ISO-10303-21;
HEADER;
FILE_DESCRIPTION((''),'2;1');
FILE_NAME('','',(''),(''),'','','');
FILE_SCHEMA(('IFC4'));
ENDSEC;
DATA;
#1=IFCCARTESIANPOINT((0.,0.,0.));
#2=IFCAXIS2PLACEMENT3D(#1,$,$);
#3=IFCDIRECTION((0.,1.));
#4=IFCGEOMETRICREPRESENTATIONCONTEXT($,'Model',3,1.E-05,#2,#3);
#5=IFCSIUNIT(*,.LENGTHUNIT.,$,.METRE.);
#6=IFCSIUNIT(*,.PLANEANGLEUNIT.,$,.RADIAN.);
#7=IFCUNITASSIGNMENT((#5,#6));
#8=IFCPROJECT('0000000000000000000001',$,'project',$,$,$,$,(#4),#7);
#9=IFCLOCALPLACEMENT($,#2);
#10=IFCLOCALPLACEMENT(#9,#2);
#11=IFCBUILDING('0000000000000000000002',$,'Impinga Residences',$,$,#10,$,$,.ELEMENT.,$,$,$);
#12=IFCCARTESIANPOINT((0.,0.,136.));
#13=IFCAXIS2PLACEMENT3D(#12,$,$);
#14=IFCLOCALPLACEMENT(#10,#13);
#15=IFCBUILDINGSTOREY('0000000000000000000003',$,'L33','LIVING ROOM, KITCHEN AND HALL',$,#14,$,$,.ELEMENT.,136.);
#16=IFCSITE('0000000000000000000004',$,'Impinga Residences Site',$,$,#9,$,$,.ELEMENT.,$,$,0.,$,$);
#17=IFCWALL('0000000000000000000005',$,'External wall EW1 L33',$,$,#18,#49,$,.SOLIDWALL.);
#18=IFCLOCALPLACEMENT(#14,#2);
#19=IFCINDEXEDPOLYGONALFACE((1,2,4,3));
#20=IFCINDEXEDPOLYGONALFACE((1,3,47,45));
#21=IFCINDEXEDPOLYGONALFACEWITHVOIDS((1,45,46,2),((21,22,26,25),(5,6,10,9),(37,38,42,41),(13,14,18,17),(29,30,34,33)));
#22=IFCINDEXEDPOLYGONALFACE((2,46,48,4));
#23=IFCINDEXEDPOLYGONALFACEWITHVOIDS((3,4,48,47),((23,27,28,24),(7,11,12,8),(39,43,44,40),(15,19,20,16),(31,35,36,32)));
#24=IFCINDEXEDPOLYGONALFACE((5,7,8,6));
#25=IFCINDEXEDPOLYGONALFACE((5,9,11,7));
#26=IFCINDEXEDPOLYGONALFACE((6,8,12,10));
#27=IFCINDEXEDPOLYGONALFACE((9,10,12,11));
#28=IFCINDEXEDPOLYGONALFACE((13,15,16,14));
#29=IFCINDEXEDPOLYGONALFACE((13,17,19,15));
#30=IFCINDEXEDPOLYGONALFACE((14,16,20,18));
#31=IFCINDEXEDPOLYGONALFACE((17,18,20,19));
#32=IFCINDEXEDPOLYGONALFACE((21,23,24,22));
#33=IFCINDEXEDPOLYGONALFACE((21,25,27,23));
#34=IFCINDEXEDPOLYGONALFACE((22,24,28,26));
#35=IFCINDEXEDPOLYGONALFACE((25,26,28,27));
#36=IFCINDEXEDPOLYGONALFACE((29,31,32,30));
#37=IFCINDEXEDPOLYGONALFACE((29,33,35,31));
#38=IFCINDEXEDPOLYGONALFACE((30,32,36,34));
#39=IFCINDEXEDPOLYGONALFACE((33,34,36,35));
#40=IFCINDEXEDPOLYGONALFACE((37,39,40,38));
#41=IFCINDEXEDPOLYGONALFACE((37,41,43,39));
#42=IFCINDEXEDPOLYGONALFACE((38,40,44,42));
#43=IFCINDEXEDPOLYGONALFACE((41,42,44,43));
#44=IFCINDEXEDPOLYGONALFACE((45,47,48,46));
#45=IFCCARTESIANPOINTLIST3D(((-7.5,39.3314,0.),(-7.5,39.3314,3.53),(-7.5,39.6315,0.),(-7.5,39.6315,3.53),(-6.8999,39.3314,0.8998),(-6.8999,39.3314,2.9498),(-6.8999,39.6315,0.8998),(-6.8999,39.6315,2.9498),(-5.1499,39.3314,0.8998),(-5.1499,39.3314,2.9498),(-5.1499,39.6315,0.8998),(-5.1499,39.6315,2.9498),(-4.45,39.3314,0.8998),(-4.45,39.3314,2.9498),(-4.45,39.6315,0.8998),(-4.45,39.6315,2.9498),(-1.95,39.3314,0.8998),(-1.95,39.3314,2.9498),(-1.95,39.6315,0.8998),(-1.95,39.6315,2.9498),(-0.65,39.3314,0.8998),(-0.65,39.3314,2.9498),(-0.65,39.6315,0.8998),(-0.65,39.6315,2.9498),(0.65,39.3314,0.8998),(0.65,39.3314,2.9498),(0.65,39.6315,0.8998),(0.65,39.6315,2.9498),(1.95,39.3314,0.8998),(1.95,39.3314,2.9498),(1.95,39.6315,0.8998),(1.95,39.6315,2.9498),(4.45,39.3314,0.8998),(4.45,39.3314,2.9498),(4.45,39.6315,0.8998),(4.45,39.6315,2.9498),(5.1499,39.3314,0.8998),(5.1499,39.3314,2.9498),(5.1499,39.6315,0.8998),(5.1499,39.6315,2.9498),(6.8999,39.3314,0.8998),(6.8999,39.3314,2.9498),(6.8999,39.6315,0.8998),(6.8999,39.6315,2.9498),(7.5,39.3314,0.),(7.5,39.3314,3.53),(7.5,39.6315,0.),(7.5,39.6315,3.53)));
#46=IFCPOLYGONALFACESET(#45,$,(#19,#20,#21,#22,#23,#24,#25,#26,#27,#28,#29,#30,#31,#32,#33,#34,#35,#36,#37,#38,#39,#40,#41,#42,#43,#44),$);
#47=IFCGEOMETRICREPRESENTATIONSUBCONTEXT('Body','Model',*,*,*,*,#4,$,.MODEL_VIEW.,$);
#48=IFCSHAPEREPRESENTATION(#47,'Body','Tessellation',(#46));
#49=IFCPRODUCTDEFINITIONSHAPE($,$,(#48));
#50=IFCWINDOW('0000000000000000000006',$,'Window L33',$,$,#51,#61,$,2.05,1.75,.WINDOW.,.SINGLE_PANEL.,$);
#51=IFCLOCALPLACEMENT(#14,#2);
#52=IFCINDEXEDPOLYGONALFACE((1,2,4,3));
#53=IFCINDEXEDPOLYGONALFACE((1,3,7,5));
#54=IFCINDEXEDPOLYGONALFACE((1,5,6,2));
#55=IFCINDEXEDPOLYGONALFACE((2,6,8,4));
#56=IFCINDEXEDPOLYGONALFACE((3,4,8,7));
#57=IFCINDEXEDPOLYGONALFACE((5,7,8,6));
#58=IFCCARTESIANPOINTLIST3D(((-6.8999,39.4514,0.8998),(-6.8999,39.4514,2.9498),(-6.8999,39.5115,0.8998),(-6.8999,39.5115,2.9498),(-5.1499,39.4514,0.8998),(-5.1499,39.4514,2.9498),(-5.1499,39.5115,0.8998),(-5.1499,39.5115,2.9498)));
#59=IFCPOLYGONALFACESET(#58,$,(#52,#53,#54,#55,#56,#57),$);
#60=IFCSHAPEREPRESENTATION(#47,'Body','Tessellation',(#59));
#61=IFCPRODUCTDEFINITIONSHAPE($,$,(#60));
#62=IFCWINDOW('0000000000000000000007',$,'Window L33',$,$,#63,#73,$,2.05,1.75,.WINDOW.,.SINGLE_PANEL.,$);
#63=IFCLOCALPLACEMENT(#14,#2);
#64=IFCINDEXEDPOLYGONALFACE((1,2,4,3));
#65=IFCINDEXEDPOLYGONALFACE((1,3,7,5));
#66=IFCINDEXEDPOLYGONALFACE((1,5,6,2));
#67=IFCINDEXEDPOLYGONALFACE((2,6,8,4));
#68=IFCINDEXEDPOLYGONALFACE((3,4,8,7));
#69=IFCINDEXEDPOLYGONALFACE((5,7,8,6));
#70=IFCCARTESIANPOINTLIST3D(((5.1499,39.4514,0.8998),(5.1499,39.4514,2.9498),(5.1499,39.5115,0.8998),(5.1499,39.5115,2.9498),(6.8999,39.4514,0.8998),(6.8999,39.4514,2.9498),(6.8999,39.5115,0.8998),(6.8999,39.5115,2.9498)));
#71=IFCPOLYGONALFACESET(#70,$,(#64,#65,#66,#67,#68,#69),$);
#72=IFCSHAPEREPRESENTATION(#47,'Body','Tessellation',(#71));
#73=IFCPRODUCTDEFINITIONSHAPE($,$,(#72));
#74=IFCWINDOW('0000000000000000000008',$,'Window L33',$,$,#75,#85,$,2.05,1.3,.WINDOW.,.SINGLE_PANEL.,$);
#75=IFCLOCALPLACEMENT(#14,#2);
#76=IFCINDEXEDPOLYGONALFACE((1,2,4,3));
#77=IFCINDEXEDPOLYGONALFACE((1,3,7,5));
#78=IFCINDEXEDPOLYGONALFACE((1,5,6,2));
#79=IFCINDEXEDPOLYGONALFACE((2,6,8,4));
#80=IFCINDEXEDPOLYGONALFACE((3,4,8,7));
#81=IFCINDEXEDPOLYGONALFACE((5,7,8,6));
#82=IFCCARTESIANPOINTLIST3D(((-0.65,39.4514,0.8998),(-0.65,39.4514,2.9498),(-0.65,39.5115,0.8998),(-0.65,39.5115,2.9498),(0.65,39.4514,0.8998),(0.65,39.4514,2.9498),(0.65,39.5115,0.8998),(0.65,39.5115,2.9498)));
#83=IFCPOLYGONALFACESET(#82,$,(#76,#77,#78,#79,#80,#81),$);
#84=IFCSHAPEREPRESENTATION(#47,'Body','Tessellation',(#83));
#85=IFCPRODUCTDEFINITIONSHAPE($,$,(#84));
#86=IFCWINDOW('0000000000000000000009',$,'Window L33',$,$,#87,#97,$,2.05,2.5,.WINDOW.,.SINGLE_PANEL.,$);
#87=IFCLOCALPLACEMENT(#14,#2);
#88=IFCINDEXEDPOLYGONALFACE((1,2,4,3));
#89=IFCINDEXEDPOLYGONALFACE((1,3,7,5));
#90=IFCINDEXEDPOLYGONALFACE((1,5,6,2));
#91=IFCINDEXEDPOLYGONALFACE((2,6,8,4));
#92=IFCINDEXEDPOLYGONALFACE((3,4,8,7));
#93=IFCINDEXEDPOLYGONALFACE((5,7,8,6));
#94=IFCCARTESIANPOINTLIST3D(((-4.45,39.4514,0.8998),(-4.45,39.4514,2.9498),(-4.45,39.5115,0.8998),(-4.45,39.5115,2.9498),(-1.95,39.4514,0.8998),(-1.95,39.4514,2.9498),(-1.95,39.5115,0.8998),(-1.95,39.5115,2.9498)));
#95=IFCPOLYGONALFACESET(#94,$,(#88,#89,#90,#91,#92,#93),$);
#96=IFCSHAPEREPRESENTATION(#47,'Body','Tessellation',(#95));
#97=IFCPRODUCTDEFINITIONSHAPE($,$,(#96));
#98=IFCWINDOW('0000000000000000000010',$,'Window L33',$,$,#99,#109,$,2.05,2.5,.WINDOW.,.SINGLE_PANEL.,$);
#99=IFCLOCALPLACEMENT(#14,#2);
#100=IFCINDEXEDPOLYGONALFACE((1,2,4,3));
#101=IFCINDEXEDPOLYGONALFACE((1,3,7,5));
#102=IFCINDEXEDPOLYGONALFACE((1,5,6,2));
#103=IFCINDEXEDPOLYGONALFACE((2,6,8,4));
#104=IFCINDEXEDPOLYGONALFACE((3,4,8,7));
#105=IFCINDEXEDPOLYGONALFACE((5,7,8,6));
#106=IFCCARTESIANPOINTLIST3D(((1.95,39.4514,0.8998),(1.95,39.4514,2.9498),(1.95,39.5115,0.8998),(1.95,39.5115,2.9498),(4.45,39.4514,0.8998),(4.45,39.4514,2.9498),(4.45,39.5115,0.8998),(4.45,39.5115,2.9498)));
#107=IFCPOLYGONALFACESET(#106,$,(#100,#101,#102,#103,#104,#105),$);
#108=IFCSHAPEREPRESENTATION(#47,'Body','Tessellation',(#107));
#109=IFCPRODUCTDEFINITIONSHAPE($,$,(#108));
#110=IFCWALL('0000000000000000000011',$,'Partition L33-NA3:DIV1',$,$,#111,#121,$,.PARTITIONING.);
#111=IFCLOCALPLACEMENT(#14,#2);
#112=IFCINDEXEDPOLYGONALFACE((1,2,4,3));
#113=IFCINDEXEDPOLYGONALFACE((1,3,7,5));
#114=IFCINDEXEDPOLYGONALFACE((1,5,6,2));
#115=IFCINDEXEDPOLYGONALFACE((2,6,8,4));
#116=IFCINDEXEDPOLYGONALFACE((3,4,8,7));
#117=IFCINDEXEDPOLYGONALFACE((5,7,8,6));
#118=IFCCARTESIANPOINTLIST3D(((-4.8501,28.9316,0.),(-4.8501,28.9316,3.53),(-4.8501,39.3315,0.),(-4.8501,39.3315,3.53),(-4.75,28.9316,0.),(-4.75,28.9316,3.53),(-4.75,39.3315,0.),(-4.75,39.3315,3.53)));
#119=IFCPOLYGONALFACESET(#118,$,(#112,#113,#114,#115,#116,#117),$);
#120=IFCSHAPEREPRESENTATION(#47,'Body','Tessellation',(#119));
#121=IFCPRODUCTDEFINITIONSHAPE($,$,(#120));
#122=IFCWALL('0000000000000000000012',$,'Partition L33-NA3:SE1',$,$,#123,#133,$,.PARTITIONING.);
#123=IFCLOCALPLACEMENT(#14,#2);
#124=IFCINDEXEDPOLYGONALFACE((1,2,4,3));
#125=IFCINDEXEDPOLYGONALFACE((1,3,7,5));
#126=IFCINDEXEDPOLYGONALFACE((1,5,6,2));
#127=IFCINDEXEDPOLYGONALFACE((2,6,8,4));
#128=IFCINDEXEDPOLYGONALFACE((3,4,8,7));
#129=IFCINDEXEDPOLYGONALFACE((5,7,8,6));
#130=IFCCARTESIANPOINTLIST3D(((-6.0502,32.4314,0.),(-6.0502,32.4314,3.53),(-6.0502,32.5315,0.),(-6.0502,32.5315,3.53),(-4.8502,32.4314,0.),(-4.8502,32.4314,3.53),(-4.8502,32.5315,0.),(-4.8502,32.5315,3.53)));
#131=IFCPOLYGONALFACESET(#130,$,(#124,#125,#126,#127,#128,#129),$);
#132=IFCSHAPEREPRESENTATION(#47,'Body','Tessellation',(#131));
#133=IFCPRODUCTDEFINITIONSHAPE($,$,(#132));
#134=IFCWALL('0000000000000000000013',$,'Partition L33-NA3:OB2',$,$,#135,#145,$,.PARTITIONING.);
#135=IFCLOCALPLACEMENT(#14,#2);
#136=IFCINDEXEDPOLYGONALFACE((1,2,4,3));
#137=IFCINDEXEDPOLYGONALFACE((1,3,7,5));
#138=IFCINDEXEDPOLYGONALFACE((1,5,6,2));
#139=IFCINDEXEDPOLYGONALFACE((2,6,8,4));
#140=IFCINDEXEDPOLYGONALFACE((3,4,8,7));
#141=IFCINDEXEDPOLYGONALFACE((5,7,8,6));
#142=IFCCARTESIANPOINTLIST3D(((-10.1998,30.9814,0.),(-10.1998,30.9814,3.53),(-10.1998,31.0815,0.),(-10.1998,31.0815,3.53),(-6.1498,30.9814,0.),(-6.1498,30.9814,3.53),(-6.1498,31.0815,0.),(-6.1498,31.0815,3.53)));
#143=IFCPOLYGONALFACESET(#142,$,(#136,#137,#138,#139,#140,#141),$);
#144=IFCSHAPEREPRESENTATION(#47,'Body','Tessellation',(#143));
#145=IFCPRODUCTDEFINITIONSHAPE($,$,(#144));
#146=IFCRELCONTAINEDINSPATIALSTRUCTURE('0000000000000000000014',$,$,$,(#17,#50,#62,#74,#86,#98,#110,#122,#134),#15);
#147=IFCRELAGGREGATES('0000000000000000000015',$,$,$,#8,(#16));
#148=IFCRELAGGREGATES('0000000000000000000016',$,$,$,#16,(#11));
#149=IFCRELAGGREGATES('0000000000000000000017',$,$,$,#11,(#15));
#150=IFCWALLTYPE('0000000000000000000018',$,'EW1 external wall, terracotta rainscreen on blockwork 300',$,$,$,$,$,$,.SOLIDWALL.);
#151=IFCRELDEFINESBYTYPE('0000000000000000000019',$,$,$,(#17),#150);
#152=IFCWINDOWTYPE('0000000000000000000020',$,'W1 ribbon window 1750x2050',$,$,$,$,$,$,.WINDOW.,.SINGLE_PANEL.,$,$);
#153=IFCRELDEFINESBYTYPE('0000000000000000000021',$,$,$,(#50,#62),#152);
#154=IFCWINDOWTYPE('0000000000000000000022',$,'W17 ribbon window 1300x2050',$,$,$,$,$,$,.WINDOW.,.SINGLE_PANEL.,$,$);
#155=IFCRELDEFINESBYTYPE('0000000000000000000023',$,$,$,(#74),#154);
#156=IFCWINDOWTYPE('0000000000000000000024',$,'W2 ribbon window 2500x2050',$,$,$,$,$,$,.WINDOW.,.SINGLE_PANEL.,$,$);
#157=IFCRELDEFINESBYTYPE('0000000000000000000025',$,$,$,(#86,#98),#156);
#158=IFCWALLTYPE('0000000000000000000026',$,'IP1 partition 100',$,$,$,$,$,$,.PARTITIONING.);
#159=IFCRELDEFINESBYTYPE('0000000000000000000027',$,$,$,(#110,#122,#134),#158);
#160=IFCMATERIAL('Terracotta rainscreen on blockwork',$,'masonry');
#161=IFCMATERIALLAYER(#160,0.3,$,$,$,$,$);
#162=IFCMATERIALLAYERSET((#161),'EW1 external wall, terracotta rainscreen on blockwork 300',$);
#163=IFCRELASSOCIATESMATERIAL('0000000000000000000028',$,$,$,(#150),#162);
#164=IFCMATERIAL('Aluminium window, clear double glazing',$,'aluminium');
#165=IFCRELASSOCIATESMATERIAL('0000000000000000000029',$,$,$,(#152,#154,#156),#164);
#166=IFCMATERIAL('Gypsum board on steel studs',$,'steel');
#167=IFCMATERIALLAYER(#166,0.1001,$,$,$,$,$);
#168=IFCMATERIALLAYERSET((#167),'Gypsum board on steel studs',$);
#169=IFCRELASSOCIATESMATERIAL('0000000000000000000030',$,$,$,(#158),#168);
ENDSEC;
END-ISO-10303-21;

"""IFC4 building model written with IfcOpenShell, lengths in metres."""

from ifc_helpers import new_model, si_unit, direction, frame, frame_2d, origin, place, context, subcontext, project, spatial, rectangle, extrude, material, layer, layer_set, type_object, element, fill, save


model = new_model("IFC4")

# Units and contexts
model_context = context("Model", 3, precision=1e-05, world=origin(), true_north=direction((0.0, 1.0)))
body_context = subcontext(model_context, "Body", "Model", "MODEL_VIEW")
ifc_project = project(units=[si_unit("LENGTHUNIT", "METRE"), si_unit("PLANEANGLEUNIT", "RADIAN")], contexts=[model_context])

# Site, building, storey
site_placement = place(None, origin())
site = spatial("IfcSite", under=ifc_project, at=site_placement, Name="Impinga Residences Site", CompositionType="ELEMENT", RefElevation=0.0)
building_placement = place(site_placement, origin())
building = spatial("IfcBuilding", under=site, at=building_placement, Name="Impinga Residences", CompositionType="ELEMENT")
storey_placement = place(building_placement, frame((0.0, 0.0, 136.0)))
storey = spatial("IfcBuildingStorey", under=building, at=storey_placement, Name="L33", Description="LIVING ROOM, KITCHEN AND HALL", CompositionType="ELEMENT", Elevation=136.0)

# Shared definitions
ifc_material_1 = material(Name="Terracotta rainscreen on blockwork", Category="masonry")
ifc_layer_1 = layer(ifc_material_1, 0.3)
ifc_layer_set_1 = layer_set([ifc_layer_1], Name="EW1 external wall, terracotta rainscreen on blockwork 300")
wall_type_1 = type_object("IfcWallType", Name="EW1 external wall, terracotta rainscreen on blockwork 300", PredefinedType="SOLIDWALL", material=ifc_layer_set_1)

# Wall, openings, windows
wall_1_placement = place(storey_placement, frame((-7.5, 39.4814, 0.0), z_axis=(0.0, 0.0, 1.0), x_axis=(1.0, 0.0, 0.0)))
wall_1 = element("IfcWall", 1, at=wall_1_placement, inside=storey, type_object=wall_type_1, Name="External wall EW1 L33", PredefinedType="SOLIDWALL", context=body_context, shape_type="SweptSolid", body=[
    extrude(rectangle(XDim=15.0, YDim=0.3, at=frame_2d((7.5, 0.0))), origin(), (0.0, 0.0, 1.0), 3.53),
])
opening_1_placement = place(wall_1_placement, frame((0.6001, 0.0, 0.8999)))
opening_1 = element("IfcOpeningElement", 2, at=opening_1_placement, cuts=wall_1, PredefinedType="OPENING", context=body_context, shape_type="SweptSolid", body=[
    extrude(rectangle(XDim=1.75, YDim=2.05, at=frame_2d((0.875, 1.0249))), frame((0.0, 0.1599, 0.0), z_axis=(0.0, -1.0, 0.0), x_axis=(1.0, 0.0, 0.0)), (0.0, 0.0, 1.0), 0.3201),
])
opening_2_placement = place(wall_1_placement, frame((3.05, 0.0, 0.8999)))
opening_2 = element("IfcOpeningElement", 3, at=opening_2_placement, cuts=wall_1, PredefinedType="OPENING", context=body_context, shape_type="SweptSolid", body=[
    extrude(rectangle(XDim=2.5, YDim=2.05, at=frame_2d((1.25, 1.0249))), frame((0.0, 0.1599, 0.0), z_axis=(0.0, -1.0, 0.0), x_axis=(1.0, 0.0, 0.0)), (0.0, 0.0, 1.0), 0.3201),
])
opening_3_placement = place(wall_1_placement, frame((6.8501, 0.0, 0.8999)))
opening_3 = element("IfcOpeningElement", 4, at=opening_3_placement, cuts=wall_1, PredefinedType="OPENING", context=body_context, shape_type="SweptSolid", body=[
    extrude(rectangle(XDim=1.3, YDim=2.05, at=frame_2d((0.6499, 1.0249))), frame((0.0, 0.1599, 0.0), z_axis=(0.0, -1.0, 0.0), x_axis=(1.0, 0.0, 0.0)), (0.0, 0.0, 1.0), 0.3201),
])
opening_4_placement = place(wall_1_placement, frame((9.45, 0.0, 0.8999)))
opening_4 = element("IfcOpeningElement", 5, at=opening_4_placement, cuts=wall_1, PredefinedType="OPENING", context=body_context, shape_type="SweptSolid", body=[
    extrude(rectangle(XDim=2.5, YDim=2.05, at=frame_2d((1.25, 1.0249))), frame((0.0, 0.1599, 0.0), z_axis=(0.0, -1.0, 0.0), x_axis=(1.0, 0.0, 0.0)), (0.0, 0.0, 1.0), 0.3201),
])
opening_5_placement = place(wall_1_placement, frame((12.6499, 0.0, 0.8999)))
opening_5 = element("IfcOpeningElement", 6, at=opening_5_placement, cuts=wall_1, PredefinedType="OPENING", context=body_context, shape_type="SweptSolid", body=[
    extrude(rectangle(XDim=1.75, YDim=2.05, at=frame_2d((0.875, 1.0249))), frame((0.0, 0.1599, 0.0), z_axis=(0.0, -1.0, 0.0), x_axis=(1.0, 0.0, 0.0)), (0.0, 0.0, 1.0), 0.3201),
])
ifc_material_2 = material(Name="Aluminium window, clear double glazing", Category="aluminium")
window_type_1 = type_object("IfcWindowType", Name="W1 ribbon window 1750x2050", PartitioningType="SINGLE_PANEL", PredefinedType="WINDOW", material=ifc_material_2)
window_1_placement = place(opening_1_placement, origin())
window_1 = element("IfcWindow", 7, at=window_1_placement, inside=storey, type_object=window_type_1, Name="Window L33", OverallHeight=2.05, OverallWidth=1.75, PartitioningType="SINGLE_PANEL", PredefinedType="WINDOW", context=body_context, shape_type="SweptSolid", body=[
    extrude(rectangle(XDim=1.75, YDim=2.05, at=frame_2d((0.875, 1.0249))), frame((0.0, 0.03, 0.0), z_axis=(0.0, -1.0, 0.0), x_axis=(1.0, 0.0, 0.0)), (0.0, 0.0, 1.0), 0.0601),
])
fill(opening_1, window_1)
window_2_placement = place(opening_5_placement, origin())
window_2 = element("IfcWindow", 8, at=window_2_placement, inside=storey, type_object=window_type_1, Name="Window L33", OverallHeight=2.05, OverallWidth=1.75, PartitioningType="SINGLE_PANEL", PredefinedType="WINDOW", context=body_context, shape_type="SweptSolid", body=[
    extrude(rectangle(XDim=1.75, YDim=2.05, at=frame_2d((0.875, 1.0249))), frame((0.0, 0.03, 0.0), z_axis=(0.0, -1.0, 0.0), x_axis=(1.0, 0.0, 0.0)), (0.0, 0.0, 1.0), 0.0601),
])
fill(opening_5, window_2)
window_type_2 = type_object("IfcWindowType", Name="W17 ribbon window 1300x2050", PartitioningType="SINGLE_PANEL", PredefinedType="WINDOW", material=ifc_material_2)
window_3_placement = place(opening_3_placement, origin())
window_3 = element("IfcWindow", 9, at=window_3_placement, inside=storey, type_object=window_type_2, Name="Window L33", OverallHeight=2.05, OverallWidth=1.3, PartitioningType="SINGLE_PANEL", PredefinedType="WINDOW", context=body_context, shape_type="SweptSolid", body=[
    extrude(rectangle(XDim=1.3, YDim=2.05, at=frame_2d((0.6499, 1.0249))), frame((0.0, 0.03, 0.0), z_axis=(0.0, -1.0, 0.0), x_axis=(1.0, 0.0, 0.0)), (0.0, 0.0, 1.0), 0.0601),
])
fill(opening_3, window_3)
window_type_3 = type_object("IfcWindowType", Name="W2 ribbon window 2500x2050", PartitioningType="SINGLE_PANEL", PredefinedType="WINDOW", material=ifc_material_2)
window_4_placement = place(opening_2_placement, origin())
window_4 = element("IfcWindow", 10, at=window_4_placement, inside=storey, type_object=window_type_3, Name="Window L33", OverallHeight=2.05, OverallWidth=2.5, PartitioningType="SINGLE_PANEL", PredefinedType="WINDOW", context=body_context, shape_type="SweptSolid", body=[
    extrude(rectangle(XDim=2.5, YDim=2.05, at=frame_2d((1.25, 1.0249))), frame((0.0, 0.03, 0.0), z_axis=(0.0, -1.0, 0.0), x_axis=(1.0, 0.0, 0.0)), (0.0, 0.0, 1.0), 0.0601),
])
fill(opening_2, window_4)
window_5_placement = place(opening_4_placement, origin())
window_5 = element("IfcWindow", 11, at=window_5_placement, inside=storey, type_object=window_type_3, Name="Window L33", OverallHeight=2.05, OverallWidth=2.5, PartitioningType="SINGLE_PANEL", PredefinedType="WINDOW", context=body_context, shape_type="SweptSolid", body=[
    extrude(rectangle(XDim=2.5, YDim=2.05, at=frame_2d((1.25, 1.0249))), frame((0.0, 0.03, 0.0), z_axis=(0.0, -1.0, 0.0), x_axis=(1.0, 0.0, 0.0)), (0.0, 0.0, 1.0), 0.0601),
])
fill(opening_4, window_5)

# Walls
ifc_material_3 = material(Name="Gypsum board on steel studs", Category="steel")
ifc_layer_2 = layer(ifc_material_3, 0.1001)
ifc_layer_set_2 = layer_set([ifc_layer_2], Name="Gypsum board on steel studs")
wall_type_2 = type_object("IfcWallType", Name="IP1 partition 100", PredefinedType="PARTITIONING", material=ifc_layer_set_2)
wall_2_placement = place(storey_placement, frame((-4.8, 28.9316, 0.0), z_axis=(0.0, 0.0, 1.0), x_axis=(0.0, 1.0, 0.0)))
element("IfcWall", 12, at=wall_2_placement, inside=storey, type_object=wall_type_2, Name="Partition L33-NA3:DIV1", PredefinedType="PARTITIONING", context=body_context, shape_type="SweptSolid", body=[
    extrude(rectangle(XDim=10.3999, YDim=0.1001, at=frame_2d((5.2, 0.0))), origin(), (0.0, 0.0, 1.0), 3.53),
])
wall_3_placement = place(storey_placement, frame((-4.8501, 32.4814, 0.0), z_axis=(0.0, 0.0, 1.0), x_axis=(-1.0, 0.0, 0.0)))
element("IfcWall", 13, at=wall_3_placement, inside=storey, type_object=wall_type_2, Name="Partition L33-NA3:SE1", PredefinedType="PARTITIONING", context=body_context, shape_type="SweptSolid", body=[
    extrude(rectangle(XDim=1.2, YDim=0.1001, at=frame_2d((0.6001, 0.0))), origin(), (0.0, 0.0, 1.0), 3.53),
])
wall_4_placement = place(storey_placement, frame((-6.1499, 31.0315, 0.0), z_axis=(0.0, 0.0, 1.0), x_axis=(-1.0, 0.0, 0.0)))
element("IfcWall", 14, at=wall_4_placement, inside=storey, type_object=wall_type_2, Name="Partition L33-NA3:OB2", PredefinedType="PARTITIONING", context=body_context, shape_type="SweptSolid", body=[
    extrude(rectangle(XDim=4.05, YDim=0.1001, at=frame_2d((2.0249, 0.0))), origin(), (0.0, 0.0, 1.0), 3.53),
])

save(model, "model.ifc")
